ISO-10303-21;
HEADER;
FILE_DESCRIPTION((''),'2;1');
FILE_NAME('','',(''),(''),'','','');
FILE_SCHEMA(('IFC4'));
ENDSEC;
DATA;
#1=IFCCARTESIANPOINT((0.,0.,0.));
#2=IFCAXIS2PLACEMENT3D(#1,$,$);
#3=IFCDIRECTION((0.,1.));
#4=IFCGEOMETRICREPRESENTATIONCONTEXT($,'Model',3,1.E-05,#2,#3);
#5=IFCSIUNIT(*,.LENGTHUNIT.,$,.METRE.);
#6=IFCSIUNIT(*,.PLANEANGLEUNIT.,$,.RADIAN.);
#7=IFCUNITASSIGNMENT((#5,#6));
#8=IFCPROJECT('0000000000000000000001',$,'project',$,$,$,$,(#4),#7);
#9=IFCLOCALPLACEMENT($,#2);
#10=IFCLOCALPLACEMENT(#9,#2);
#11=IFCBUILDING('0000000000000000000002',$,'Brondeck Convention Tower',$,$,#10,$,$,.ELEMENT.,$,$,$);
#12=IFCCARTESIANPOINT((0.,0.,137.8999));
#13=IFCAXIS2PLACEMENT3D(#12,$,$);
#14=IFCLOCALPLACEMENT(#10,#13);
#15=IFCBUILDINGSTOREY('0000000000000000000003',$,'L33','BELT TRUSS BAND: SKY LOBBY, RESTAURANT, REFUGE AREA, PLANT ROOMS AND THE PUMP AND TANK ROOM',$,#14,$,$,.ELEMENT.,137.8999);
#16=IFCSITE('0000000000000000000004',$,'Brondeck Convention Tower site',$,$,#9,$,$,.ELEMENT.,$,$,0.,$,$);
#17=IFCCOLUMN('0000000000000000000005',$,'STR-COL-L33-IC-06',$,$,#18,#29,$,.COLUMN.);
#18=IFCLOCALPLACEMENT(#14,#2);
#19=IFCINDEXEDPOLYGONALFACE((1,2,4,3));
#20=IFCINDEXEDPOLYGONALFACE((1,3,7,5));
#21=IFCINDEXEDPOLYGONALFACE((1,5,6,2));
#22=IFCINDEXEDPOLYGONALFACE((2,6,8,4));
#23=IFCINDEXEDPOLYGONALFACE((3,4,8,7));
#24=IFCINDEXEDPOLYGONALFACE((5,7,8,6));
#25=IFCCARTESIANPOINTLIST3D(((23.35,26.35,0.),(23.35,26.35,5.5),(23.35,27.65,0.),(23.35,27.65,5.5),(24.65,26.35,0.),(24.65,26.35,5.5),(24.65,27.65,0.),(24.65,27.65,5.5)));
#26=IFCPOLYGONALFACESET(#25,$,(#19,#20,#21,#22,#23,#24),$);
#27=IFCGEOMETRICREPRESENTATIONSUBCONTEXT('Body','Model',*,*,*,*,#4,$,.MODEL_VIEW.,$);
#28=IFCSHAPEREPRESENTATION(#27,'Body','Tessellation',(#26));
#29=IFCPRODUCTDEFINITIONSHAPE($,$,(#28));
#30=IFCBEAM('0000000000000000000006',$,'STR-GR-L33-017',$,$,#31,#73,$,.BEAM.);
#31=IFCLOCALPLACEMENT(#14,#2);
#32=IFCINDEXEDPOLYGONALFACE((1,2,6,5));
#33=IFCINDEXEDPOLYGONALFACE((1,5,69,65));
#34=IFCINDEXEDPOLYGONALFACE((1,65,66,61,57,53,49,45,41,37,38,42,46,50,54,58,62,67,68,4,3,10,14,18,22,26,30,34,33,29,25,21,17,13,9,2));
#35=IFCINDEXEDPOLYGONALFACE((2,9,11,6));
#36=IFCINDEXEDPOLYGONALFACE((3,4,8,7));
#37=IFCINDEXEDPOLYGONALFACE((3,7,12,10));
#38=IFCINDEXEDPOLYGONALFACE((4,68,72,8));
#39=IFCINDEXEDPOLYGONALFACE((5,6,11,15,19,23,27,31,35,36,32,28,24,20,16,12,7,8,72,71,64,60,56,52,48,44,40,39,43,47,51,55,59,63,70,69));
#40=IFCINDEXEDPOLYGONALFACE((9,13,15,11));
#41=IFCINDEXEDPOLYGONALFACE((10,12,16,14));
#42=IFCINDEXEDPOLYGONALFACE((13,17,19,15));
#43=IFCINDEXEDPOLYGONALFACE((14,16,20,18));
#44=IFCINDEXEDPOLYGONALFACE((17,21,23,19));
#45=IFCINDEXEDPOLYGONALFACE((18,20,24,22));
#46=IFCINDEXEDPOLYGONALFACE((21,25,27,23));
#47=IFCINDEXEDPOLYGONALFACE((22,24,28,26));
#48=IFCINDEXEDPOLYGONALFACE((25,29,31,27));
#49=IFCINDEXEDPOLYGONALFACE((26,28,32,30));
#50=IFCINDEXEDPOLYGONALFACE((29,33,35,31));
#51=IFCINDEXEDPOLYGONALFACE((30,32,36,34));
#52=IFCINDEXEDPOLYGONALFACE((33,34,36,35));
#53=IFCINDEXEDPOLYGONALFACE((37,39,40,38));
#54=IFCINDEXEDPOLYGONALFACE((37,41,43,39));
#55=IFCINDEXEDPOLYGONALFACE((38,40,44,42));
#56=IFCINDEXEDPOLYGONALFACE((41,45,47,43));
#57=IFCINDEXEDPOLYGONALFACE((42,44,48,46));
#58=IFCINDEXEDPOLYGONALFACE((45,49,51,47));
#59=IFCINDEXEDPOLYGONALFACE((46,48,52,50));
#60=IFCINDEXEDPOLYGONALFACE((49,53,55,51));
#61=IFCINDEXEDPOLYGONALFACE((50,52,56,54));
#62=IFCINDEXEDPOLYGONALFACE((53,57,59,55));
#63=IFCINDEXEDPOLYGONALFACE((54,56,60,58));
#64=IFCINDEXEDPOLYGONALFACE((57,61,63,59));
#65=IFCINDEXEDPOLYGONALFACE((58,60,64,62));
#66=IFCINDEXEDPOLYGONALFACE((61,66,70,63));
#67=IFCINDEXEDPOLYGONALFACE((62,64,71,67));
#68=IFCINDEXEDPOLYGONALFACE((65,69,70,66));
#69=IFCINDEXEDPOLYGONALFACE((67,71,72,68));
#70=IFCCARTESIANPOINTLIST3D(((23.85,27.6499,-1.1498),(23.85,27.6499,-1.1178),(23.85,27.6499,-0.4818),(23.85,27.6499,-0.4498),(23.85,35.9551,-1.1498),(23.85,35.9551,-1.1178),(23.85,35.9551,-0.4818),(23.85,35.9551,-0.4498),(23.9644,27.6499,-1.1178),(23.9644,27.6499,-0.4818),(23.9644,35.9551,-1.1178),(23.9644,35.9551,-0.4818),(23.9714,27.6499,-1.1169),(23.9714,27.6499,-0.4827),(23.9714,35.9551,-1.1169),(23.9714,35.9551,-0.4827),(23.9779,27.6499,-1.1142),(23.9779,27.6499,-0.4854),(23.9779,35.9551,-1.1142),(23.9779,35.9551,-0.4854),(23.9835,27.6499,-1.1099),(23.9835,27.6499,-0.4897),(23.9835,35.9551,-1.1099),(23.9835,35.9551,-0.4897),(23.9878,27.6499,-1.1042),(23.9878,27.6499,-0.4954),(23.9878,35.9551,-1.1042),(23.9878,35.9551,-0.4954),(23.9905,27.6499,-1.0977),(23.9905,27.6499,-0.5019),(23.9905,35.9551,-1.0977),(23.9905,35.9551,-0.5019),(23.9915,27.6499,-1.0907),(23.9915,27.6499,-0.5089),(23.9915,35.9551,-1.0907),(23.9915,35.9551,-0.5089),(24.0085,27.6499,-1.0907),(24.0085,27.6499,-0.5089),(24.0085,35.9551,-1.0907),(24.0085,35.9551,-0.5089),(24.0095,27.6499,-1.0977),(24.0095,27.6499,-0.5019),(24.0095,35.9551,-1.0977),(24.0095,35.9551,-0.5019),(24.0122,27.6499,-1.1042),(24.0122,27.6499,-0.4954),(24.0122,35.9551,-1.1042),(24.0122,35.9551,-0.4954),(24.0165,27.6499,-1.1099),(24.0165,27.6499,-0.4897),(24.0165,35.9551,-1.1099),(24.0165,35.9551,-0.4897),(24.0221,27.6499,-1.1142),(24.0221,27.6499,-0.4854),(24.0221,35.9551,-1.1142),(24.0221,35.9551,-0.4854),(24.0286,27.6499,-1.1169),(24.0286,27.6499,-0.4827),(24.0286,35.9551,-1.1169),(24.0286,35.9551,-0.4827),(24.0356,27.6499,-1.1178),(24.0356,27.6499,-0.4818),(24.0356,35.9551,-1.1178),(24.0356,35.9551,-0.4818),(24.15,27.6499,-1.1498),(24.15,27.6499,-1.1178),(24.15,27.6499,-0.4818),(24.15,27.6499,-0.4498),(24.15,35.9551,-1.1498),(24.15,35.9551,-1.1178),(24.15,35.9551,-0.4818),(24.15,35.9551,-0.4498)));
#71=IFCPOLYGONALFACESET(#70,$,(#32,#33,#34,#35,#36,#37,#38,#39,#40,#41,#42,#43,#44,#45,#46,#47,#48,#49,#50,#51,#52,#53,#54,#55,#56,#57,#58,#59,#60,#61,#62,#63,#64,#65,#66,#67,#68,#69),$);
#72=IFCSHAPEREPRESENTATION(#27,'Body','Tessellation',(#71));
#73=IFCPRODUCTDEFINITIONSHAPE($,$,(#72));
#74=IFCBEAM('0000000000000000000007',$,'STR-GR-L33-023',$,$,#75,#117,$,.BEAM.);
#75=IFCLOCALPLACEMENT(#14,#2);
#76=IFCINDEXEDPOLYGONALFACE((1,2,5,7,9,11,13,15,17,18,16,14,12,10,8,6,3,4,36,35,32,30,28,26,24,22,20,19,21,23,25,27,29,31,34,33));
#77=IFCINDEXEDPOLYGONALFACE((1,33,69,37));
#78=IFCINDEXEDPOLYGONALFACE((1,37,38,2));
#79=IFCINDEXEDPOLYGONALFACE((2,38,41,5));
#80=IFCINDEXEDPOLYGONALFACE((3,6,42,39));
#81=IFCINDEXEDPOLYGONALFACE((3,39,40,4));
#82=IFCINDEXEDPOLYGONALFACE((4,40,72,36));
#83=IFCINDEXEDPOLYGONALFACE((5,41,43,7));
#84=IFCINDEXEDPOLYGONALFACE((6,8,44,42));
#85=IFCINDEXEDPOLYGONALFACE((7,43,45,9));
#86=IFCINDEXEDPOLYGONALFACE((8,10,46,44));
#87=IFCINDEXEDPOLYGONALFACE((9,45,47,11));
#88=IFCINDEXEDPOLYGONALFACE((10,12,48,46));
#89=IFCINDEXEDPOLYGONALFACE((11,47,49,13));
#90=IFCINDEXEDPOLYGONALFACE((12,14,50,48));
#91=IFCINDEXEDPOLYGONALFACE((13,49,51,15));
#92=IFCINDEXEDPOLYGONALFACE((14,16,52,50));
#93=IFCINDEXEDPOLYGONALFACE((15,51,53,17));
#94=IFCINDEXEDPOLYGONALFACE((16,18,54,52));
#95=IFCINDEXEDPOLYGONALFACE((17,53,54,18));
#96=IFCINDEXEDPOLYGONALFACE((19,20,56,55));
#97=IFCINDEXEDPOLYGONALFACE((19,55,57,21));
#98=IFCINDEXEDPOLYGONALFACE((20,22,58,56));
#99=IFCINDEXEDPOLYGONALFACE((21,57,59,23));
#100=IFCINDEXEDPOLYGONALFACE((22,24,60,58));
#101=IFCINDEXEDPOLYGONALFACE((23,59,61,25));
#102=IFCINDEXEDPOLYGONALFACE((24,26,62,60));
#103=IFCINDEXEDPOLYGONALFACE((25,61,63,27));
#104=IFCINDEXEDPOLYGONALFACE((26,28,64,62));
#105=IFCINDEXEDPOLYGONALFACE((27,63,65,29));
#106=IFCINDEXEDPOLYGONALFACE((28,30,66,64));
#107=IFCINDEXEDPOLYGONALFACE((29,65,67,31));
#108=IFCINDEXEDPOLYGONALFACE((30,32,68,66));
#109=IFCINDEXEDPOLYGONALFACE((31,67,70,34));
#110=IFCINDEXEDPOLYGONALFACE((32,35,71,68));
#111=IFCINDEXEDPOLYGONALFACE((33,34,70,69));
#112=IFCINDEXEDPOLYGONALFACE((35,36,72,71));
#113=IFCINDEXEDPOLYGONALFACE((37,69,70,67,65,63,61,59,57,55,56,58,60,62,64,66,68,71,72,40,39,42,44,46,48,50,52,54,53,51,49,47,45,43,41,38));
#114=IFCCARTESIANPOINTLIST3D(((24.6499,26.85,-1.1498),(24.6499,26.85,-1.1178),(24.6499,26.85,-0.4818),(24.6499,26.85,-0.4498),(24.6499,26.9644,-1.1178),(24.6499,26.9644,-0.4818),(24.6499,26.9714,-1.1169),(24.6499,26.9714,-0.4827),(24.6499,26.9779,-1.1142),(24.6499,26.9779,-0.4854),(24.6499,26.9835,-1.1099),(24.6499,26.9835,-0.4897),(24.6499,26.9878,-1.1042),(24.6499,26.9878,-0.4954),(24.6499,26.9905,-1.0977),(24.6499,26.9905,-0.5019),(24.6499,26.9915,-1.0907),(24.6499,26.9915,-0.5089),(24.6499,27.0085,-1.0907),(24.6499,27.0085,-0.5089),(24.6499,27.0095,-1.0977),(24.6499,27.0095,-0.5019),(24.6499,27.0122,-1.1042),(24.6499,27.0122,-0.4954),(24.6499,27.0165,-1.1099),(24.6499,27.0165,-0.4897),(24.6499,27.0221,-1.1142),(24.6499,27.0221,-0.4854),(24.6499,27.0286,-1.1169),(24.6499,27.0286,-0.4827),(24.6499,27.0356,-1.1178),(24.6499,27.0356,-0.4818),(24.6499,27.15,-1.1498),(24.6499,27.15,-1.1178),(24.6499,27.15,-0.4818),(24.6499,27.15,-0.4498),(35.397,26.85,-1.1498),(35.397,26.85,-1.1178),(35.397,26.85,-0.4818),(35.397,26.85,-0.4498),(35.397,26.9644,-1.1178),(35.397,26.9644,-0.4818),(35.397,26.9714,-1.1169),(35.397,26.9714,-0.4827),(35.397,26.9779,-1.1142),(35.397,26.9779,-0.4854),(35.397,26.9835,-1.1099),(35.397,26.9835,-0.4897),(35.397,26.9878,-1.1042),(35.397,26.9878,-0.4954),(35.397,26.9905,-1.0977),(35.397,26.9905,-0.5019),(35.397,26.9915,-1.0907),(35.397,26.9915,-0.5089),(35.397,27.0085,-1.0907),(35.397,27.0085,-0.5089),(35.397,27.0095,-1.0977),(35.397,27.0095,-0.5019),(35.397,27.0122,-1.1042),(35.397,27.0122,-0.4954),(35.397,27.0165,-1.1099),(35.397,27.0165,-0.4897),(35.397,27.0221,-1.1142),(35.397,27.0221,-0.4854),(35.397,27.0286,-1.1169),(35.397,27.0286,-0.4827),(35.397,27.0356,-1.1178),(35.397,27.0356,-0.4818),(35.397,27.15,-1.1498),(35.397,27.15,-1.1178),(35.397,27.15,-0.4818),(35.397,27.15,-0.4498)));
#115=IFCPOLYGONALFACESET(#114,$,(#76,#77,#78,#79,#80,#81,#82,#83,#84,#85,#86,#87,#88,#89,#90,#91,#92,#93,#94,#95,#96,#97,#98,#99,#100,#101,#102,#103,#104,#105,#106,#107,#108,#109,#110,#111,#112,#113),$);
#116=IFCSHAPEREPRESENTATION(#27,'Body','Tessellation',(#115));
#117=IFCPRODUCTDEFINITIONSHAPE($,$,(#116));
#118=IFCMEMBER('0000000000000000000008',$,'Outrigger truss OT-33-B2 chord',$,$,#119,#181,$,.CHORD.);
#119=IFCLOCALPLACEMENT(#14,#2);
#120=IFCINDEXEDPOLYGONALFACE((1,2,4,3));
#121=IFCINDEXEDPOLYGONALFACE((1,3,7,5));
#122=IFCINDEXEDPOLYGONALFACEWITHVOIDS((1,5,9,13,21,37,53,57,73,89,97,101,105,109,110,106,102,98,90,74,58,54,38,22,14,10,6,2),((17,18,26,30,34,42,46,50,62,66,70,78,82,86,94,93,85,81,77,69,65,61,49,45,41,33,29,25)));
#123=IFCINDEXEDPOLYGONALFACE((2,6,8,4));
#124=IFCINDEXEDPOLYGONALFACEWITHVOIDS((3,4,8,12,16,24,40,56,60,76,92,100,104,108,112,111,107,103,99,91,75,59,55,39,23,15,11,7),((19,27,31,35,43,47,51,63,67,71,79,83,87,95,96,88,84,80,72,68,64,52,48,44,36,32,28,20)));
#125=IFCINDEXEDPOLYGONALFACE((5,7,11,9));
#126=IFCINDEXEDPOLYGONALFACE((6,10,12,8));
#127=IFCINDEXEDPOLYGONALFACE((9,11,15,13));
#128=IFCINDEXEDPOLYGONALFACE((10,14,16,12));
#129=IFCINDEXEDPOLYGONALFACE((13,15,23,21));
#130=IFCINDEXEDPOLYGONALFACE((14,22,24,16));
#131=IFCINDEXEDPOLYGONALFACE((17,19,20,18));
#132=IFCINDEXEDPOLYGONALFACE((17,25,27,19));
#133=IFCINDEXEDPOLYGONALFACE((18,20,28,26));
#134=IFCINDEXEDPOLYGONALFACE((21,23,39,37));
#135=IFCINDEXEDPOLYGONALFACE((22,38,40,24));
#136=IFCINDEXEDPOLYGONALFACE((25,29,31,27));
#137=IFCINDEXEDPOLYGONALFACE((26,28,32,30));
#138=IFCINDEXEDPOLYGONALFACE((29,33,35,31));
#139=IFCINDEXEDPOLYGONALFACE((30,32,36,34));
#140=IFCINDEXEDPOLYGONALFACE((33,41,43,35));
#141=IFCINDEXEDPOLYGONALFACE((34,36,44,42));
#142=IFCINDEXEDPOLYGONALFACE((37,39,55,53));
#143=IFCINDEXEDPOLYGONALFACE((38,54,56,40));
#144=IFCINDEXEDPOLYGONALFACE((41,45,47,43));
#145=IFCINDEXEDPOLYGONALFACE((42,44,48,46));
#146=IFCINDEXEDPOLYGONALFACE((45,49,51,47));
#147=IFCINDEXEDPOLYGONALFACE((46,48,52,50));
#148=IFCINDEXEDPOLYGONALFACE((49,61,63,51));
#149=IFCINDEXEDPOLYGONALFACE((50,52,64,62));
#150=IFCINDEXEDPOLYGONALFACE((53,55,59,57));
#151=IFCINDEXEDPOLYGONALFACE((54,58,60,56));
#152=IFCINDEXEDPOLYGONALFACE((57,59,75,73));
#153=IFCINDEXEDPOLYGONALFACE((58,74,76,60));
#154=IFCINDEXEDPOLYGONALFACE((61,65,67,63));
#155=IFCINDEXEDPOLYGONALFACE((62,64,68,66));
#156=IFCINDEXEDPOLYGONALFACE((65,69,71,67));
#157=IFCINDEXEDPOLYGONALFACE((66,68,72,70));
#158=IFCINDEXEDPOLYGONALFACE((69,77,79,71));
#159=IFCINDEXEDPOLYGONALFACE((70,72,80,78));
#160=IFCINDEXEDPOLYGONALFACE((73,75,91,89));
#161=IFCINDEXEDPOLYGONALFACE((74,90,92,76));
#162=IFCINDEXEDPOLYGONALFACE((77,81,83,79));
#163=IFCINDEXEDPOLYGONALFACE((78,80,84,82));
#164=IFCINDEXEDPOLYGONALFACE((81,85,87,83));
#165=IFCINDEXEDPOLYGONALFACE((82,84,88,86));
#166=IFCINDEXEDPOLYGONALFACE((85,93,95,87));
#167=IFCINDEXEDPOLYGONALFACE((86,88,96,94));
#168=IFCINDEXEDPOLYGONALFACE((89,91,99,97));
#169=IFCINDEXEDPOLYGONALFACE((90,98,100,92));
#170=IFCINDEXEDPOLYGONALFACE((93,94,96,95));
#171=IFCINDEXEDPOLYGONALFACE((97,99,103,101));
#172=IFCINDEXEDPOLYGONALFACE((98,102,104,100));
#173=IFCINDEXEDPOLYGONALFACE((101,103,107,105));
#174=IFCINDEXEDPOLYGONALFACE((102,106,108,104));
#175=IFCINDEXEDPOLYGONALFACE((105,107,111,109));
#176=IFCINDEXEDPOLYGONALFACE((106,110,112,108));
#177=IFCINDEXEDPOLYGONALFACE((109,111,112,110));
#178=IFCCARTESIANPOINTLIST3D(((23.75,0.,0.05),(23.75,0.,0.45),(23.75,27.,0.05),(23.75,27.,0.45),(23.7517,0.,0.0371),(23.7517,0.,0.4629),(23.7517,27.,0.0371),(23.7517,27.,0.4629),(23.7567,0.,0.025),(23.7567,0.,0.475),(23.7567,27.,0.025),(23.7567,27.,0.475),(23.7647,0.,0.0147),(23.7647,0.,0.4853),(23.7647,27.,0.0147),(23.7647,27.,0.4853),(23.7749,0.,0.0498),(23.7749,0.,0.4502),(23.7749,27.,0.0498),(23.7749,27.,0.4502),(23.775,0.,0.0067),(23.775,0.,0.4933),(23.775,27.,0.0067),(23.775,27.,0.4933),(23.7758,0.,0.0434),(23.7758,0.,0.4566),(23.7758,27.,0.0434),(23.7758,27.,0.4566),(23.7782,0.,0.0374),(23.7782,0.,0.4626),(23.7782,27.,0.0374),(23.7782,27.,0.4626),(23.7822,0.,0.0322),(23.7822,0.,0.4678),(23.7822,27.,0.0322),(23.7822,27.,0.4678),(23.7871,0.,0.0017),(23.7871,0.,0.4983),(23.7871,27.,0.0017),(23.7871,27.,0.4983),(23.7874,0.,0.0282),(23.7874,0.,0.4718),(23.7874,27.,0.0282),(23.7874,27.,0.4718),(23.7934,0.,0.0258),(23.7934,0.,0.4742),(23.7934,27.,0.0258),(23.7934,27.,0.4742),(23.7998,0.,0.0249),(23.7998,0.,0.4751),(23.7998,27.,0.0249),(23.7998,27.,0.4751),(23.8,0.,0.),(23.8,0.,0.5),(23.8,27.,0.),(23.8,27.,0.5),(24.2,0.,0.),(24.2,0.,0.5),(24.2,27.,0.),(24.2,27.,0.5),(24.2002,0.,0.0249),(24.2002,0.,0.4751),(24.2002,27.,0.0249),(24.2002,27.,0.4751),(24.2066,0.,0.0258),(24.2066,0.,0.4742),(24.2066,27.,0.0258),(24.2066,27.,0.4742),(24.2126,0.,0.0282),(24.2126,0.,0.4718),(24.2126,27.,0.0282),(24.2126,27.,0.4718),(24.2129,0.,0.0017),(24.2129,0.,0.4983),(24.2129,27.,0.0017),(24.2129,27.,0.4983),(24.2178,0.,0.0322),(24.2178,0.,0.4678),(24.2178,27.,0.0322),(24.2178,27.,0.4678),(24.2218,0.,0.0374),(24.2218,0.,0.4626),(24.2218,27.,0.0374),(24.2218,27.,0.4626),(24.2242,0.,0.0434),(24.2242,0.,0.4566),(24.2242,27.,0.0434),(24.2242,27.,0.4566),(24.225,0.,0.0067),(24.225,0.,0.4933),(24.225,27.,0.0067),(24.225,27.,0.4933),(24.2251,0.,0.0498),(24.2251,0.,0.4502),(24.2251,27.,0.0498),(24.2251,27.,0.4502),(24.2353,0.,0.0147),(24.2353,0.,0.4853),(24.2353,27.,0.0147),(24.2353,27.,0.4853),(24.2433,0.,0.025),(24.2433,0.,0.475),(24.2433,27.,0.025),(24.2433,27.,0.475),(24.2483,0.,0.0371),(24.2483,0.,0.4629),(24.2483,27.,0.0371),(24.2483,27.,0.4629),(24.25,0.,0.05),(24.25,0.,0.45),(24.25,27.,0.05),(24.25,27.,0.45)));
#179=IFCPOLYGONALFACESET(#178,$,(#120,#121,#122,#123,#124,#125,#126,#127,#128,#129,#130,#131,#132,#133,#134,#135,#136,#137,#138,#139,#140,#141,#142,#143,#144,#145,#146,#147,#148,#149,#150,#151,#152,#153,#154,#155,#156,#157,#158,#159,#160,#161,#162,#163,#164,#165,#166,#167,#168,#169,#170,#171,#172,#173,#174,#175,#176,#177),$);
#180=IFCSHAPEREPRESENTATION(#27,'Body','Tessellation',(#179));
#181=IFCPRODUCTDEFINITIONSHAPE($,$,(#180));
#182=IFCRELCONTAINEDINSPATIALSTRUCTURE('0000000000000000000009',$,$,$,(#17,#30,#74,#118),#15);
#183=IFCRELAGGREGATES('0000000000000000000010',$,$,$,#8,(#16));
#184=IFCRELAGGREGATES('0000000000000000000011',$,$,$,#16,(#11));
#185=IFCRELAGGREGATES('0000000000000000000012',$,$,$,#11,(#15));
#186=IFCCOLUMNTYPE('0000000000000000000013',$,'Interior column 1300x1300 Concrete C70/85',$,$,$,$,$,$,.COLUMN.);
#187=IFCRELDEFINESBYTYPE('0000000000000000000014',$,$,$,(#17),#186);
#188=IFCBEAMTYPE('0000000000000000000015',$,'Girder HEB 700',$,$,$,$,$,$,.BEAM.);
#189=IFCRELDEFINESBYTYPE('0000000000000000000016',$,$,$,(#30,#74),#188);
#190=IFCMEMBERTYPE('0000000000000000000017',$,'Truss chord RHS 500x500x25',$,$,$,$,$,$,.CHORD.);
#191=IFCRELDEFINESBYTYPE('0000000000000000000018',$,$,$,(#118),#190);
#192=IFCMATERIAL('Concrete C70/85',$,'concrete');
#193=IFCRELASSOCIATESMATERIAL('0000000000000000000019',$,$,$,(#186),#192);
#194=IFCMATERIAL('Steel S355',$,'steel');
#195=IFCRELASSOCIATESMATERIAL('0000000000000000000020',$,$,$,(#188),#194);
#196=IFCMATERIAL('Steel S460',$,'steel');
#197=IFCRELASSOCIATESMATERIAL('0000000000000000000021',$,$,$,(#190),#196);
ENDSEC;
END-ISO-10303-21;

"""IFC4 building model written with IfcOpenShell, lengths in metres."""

from ifc_helpers import new_model, si_unit, direction, frame, origin, origin_2d, place, context, subcontext, project, spatial, rectangle, hollow_rectangle, i_section, extrude, material, material_profile, profile_set, type_object, element, save


model = new_model("IFC4")

# Units and contexts
model_context = context("Model", 3, precision=1e-05, world=origin(), true_north=direction((0.0, 1.0)))
body_context = subcontext(model_context, "Body", "Model", "MODEL_VIEW")
ifc_project = project(units=[si_unit("LENGTHUNIT", "METRE"), si_unit("PLANEANGLEUNIT", "RADIAN")], contexts=[model_context])

# Site, building, storey
site_placement = place(None, origin())
site = spatial("IfcSite", under=ifc_project, at=site_placement, Name="Brondeck Convention Tower site", CompositionType="ELEMENT", RefElevation=0.0)
building_placement = place(site_placement, origin())
building = spatial("IfcBuilding", under=site, at=building_placement, Name="Brondeck Convention Tower", CompositionType="ELEMENT")
storey_placement = place(building_placement, frame((0.0, 0.0, 137.8999)))
storey = spatial("IfcBuildingStorey", under=building, at=storey_placement, Name="L33", Description="BELT TRUSS BAND: SKY LOBBY, RESTAURANT, REFUGE AREA, PLANT ROOMS AND THE PUMP AND TANK ROOM", CompositionType="ELEMENT", Elevation=137.8999)

# Column
ifc_material_1 = material(Name="Concrete C70/85", Category="concrete")
ifc_material_profile_1 = material_profile(ifc_material_1, rectangle(XDim=1.3, YDim=1.3, at=origin_2d()), Name="Interior column 1300x1300 Concrete C70/85")
ifc_profile_set_1 = profile_set([ifc_material_profile_1], Name="Concrete C70/85")
column_type = type_object("IfcColumnType", Name="Interior column 1300x1300 Concrete C70/85", PredefinedType="COLUMN", material=ifc_profile_set_1)
column_placement = place(storey_placement, frame((24.0, 27.0, 0.0), z_axis=(0.0, 0.0, 1.0), x_axis=(1.0, 0.0, 0.0)))
element("IfcColumn", 1, at=column_placement, inside=storey, type_object=column_type, Name="STR-COL-L33-IC-06", PredefinedType="COLUMN", context=body_context, shape_type="SweptSolid", body=[
    extrude(rectangle(XDim=1.3, YDim=1.3, at=origin_2d()), origin(), (0.0, 0.0, 1.0), 5.5),
])

# Beams
ifc_material_2 = material(Name="Steel S355", Category="steel")
ifc_material_profile_2 = material_profile(ifc_material_2, i_section(OverallWidth=0.3, OverallDepth=0.7, WebThickness=0.0171, FlangeThickness=0.032, FilletRadius=0.0271, at=origin_2d()), Name="HEB 700")
ifc_profile_set_2 = profile_set([ifc_material_profile_2], Name="Steel S355")
beam_type = type_object("IfcBeamType", Name="Girder HEB 700", PredefinedType="BEAM", material=ifc_profile_set_2)
beam_1_placement = place(storey_placement, frame((24.0, 35.9551, -0.7998), z_axis=(0.0, -1.0, 0.0), x_axis=(1.0, 0.0, 0.0)))
element("IfcBeam", 2, at=beam_1_placement, inside=storey, type_object=beam_type, Name="STR-GR-L33-017", PredefinedType="BEAM", context=body_context, shape_type="SweptSolid", body=[
    extrude(i_section(OverallWidth=0.3, OverallDepth=0.7, WebThickness=0.0171, FlangeThickness=0.032, FilletRadius=0.0271, at=origin_2d()), origin(), (0.0, 0.0, 1.0), 8.3052),
])
beam_2_placement = place(storey_placement, frame((24.6499, 27.0, -0.7998), z_axis=(1.0, 0.0, 0.0), x_axis=(0.0, 1.0, 0.0)))
element("IfcBeam", 3, at=beam_2_placement, inside=storey, type_object=beam_type, Name="STR-GR-L33-023", PredefinedType="BEAM", context=body_context, shape_type="SweptSolid", body=[
    extrude(i_section(OverallWidth=0.3, OverallDepth=0.7, WebThickness=0.0171, FlangeThickness=0.032, FilletRadius=0.0271, at=origin_2d()), origin(), (0.0, 0.0, 1.0), 10.7471),
])

# Member
ifc_material_3 = material(Name="Steel S460", Category="steel")
ifc_material_profile_3 = material_profile(ifc_material_3, hollow_rectangle(XDim=0.5, YDim=0.5, WallThickness=0.0249, InnerFilletRadius=0.0249, OuterFilletRadius=0.05, at=origin_2d()), Name="RHS 500x500x25")
ifc_profile_set_3 = profile_set([ifc_material_profile_3], Name="Steel S460")
member_type_1 = type_object("IfcMemberType", Name="Truss chord RHS 500x500x25", PredefinedType="CHORD", material=ifc_profile_set_3)
member_1_placement = place(storey_placement, frame((24.0, 27.0, 0.25), z_axis=(0.0, -1.0, 0.0), x_axis=(1.0, 0.0, 0.0)))
element("IfcMember", 4, at=member_1_placement, inside=storey, type_object=member_type_1, Name="Outrigger truss OT-33-B2 chord", PredefinedType="CHORD", context=body_context, shape_type="SweptSolid", body=[
    extrude(hollow_rectangle(XDim=0.5, YDim=0.5, WallThickness=0.0249, InnerFilletRadius=0.0249, OuterFilletRadius=0.05, at=origin_2d()), origin(), (0.0, 0.0, 1.0), 27.0),
])

save(model, "model.ifc")
